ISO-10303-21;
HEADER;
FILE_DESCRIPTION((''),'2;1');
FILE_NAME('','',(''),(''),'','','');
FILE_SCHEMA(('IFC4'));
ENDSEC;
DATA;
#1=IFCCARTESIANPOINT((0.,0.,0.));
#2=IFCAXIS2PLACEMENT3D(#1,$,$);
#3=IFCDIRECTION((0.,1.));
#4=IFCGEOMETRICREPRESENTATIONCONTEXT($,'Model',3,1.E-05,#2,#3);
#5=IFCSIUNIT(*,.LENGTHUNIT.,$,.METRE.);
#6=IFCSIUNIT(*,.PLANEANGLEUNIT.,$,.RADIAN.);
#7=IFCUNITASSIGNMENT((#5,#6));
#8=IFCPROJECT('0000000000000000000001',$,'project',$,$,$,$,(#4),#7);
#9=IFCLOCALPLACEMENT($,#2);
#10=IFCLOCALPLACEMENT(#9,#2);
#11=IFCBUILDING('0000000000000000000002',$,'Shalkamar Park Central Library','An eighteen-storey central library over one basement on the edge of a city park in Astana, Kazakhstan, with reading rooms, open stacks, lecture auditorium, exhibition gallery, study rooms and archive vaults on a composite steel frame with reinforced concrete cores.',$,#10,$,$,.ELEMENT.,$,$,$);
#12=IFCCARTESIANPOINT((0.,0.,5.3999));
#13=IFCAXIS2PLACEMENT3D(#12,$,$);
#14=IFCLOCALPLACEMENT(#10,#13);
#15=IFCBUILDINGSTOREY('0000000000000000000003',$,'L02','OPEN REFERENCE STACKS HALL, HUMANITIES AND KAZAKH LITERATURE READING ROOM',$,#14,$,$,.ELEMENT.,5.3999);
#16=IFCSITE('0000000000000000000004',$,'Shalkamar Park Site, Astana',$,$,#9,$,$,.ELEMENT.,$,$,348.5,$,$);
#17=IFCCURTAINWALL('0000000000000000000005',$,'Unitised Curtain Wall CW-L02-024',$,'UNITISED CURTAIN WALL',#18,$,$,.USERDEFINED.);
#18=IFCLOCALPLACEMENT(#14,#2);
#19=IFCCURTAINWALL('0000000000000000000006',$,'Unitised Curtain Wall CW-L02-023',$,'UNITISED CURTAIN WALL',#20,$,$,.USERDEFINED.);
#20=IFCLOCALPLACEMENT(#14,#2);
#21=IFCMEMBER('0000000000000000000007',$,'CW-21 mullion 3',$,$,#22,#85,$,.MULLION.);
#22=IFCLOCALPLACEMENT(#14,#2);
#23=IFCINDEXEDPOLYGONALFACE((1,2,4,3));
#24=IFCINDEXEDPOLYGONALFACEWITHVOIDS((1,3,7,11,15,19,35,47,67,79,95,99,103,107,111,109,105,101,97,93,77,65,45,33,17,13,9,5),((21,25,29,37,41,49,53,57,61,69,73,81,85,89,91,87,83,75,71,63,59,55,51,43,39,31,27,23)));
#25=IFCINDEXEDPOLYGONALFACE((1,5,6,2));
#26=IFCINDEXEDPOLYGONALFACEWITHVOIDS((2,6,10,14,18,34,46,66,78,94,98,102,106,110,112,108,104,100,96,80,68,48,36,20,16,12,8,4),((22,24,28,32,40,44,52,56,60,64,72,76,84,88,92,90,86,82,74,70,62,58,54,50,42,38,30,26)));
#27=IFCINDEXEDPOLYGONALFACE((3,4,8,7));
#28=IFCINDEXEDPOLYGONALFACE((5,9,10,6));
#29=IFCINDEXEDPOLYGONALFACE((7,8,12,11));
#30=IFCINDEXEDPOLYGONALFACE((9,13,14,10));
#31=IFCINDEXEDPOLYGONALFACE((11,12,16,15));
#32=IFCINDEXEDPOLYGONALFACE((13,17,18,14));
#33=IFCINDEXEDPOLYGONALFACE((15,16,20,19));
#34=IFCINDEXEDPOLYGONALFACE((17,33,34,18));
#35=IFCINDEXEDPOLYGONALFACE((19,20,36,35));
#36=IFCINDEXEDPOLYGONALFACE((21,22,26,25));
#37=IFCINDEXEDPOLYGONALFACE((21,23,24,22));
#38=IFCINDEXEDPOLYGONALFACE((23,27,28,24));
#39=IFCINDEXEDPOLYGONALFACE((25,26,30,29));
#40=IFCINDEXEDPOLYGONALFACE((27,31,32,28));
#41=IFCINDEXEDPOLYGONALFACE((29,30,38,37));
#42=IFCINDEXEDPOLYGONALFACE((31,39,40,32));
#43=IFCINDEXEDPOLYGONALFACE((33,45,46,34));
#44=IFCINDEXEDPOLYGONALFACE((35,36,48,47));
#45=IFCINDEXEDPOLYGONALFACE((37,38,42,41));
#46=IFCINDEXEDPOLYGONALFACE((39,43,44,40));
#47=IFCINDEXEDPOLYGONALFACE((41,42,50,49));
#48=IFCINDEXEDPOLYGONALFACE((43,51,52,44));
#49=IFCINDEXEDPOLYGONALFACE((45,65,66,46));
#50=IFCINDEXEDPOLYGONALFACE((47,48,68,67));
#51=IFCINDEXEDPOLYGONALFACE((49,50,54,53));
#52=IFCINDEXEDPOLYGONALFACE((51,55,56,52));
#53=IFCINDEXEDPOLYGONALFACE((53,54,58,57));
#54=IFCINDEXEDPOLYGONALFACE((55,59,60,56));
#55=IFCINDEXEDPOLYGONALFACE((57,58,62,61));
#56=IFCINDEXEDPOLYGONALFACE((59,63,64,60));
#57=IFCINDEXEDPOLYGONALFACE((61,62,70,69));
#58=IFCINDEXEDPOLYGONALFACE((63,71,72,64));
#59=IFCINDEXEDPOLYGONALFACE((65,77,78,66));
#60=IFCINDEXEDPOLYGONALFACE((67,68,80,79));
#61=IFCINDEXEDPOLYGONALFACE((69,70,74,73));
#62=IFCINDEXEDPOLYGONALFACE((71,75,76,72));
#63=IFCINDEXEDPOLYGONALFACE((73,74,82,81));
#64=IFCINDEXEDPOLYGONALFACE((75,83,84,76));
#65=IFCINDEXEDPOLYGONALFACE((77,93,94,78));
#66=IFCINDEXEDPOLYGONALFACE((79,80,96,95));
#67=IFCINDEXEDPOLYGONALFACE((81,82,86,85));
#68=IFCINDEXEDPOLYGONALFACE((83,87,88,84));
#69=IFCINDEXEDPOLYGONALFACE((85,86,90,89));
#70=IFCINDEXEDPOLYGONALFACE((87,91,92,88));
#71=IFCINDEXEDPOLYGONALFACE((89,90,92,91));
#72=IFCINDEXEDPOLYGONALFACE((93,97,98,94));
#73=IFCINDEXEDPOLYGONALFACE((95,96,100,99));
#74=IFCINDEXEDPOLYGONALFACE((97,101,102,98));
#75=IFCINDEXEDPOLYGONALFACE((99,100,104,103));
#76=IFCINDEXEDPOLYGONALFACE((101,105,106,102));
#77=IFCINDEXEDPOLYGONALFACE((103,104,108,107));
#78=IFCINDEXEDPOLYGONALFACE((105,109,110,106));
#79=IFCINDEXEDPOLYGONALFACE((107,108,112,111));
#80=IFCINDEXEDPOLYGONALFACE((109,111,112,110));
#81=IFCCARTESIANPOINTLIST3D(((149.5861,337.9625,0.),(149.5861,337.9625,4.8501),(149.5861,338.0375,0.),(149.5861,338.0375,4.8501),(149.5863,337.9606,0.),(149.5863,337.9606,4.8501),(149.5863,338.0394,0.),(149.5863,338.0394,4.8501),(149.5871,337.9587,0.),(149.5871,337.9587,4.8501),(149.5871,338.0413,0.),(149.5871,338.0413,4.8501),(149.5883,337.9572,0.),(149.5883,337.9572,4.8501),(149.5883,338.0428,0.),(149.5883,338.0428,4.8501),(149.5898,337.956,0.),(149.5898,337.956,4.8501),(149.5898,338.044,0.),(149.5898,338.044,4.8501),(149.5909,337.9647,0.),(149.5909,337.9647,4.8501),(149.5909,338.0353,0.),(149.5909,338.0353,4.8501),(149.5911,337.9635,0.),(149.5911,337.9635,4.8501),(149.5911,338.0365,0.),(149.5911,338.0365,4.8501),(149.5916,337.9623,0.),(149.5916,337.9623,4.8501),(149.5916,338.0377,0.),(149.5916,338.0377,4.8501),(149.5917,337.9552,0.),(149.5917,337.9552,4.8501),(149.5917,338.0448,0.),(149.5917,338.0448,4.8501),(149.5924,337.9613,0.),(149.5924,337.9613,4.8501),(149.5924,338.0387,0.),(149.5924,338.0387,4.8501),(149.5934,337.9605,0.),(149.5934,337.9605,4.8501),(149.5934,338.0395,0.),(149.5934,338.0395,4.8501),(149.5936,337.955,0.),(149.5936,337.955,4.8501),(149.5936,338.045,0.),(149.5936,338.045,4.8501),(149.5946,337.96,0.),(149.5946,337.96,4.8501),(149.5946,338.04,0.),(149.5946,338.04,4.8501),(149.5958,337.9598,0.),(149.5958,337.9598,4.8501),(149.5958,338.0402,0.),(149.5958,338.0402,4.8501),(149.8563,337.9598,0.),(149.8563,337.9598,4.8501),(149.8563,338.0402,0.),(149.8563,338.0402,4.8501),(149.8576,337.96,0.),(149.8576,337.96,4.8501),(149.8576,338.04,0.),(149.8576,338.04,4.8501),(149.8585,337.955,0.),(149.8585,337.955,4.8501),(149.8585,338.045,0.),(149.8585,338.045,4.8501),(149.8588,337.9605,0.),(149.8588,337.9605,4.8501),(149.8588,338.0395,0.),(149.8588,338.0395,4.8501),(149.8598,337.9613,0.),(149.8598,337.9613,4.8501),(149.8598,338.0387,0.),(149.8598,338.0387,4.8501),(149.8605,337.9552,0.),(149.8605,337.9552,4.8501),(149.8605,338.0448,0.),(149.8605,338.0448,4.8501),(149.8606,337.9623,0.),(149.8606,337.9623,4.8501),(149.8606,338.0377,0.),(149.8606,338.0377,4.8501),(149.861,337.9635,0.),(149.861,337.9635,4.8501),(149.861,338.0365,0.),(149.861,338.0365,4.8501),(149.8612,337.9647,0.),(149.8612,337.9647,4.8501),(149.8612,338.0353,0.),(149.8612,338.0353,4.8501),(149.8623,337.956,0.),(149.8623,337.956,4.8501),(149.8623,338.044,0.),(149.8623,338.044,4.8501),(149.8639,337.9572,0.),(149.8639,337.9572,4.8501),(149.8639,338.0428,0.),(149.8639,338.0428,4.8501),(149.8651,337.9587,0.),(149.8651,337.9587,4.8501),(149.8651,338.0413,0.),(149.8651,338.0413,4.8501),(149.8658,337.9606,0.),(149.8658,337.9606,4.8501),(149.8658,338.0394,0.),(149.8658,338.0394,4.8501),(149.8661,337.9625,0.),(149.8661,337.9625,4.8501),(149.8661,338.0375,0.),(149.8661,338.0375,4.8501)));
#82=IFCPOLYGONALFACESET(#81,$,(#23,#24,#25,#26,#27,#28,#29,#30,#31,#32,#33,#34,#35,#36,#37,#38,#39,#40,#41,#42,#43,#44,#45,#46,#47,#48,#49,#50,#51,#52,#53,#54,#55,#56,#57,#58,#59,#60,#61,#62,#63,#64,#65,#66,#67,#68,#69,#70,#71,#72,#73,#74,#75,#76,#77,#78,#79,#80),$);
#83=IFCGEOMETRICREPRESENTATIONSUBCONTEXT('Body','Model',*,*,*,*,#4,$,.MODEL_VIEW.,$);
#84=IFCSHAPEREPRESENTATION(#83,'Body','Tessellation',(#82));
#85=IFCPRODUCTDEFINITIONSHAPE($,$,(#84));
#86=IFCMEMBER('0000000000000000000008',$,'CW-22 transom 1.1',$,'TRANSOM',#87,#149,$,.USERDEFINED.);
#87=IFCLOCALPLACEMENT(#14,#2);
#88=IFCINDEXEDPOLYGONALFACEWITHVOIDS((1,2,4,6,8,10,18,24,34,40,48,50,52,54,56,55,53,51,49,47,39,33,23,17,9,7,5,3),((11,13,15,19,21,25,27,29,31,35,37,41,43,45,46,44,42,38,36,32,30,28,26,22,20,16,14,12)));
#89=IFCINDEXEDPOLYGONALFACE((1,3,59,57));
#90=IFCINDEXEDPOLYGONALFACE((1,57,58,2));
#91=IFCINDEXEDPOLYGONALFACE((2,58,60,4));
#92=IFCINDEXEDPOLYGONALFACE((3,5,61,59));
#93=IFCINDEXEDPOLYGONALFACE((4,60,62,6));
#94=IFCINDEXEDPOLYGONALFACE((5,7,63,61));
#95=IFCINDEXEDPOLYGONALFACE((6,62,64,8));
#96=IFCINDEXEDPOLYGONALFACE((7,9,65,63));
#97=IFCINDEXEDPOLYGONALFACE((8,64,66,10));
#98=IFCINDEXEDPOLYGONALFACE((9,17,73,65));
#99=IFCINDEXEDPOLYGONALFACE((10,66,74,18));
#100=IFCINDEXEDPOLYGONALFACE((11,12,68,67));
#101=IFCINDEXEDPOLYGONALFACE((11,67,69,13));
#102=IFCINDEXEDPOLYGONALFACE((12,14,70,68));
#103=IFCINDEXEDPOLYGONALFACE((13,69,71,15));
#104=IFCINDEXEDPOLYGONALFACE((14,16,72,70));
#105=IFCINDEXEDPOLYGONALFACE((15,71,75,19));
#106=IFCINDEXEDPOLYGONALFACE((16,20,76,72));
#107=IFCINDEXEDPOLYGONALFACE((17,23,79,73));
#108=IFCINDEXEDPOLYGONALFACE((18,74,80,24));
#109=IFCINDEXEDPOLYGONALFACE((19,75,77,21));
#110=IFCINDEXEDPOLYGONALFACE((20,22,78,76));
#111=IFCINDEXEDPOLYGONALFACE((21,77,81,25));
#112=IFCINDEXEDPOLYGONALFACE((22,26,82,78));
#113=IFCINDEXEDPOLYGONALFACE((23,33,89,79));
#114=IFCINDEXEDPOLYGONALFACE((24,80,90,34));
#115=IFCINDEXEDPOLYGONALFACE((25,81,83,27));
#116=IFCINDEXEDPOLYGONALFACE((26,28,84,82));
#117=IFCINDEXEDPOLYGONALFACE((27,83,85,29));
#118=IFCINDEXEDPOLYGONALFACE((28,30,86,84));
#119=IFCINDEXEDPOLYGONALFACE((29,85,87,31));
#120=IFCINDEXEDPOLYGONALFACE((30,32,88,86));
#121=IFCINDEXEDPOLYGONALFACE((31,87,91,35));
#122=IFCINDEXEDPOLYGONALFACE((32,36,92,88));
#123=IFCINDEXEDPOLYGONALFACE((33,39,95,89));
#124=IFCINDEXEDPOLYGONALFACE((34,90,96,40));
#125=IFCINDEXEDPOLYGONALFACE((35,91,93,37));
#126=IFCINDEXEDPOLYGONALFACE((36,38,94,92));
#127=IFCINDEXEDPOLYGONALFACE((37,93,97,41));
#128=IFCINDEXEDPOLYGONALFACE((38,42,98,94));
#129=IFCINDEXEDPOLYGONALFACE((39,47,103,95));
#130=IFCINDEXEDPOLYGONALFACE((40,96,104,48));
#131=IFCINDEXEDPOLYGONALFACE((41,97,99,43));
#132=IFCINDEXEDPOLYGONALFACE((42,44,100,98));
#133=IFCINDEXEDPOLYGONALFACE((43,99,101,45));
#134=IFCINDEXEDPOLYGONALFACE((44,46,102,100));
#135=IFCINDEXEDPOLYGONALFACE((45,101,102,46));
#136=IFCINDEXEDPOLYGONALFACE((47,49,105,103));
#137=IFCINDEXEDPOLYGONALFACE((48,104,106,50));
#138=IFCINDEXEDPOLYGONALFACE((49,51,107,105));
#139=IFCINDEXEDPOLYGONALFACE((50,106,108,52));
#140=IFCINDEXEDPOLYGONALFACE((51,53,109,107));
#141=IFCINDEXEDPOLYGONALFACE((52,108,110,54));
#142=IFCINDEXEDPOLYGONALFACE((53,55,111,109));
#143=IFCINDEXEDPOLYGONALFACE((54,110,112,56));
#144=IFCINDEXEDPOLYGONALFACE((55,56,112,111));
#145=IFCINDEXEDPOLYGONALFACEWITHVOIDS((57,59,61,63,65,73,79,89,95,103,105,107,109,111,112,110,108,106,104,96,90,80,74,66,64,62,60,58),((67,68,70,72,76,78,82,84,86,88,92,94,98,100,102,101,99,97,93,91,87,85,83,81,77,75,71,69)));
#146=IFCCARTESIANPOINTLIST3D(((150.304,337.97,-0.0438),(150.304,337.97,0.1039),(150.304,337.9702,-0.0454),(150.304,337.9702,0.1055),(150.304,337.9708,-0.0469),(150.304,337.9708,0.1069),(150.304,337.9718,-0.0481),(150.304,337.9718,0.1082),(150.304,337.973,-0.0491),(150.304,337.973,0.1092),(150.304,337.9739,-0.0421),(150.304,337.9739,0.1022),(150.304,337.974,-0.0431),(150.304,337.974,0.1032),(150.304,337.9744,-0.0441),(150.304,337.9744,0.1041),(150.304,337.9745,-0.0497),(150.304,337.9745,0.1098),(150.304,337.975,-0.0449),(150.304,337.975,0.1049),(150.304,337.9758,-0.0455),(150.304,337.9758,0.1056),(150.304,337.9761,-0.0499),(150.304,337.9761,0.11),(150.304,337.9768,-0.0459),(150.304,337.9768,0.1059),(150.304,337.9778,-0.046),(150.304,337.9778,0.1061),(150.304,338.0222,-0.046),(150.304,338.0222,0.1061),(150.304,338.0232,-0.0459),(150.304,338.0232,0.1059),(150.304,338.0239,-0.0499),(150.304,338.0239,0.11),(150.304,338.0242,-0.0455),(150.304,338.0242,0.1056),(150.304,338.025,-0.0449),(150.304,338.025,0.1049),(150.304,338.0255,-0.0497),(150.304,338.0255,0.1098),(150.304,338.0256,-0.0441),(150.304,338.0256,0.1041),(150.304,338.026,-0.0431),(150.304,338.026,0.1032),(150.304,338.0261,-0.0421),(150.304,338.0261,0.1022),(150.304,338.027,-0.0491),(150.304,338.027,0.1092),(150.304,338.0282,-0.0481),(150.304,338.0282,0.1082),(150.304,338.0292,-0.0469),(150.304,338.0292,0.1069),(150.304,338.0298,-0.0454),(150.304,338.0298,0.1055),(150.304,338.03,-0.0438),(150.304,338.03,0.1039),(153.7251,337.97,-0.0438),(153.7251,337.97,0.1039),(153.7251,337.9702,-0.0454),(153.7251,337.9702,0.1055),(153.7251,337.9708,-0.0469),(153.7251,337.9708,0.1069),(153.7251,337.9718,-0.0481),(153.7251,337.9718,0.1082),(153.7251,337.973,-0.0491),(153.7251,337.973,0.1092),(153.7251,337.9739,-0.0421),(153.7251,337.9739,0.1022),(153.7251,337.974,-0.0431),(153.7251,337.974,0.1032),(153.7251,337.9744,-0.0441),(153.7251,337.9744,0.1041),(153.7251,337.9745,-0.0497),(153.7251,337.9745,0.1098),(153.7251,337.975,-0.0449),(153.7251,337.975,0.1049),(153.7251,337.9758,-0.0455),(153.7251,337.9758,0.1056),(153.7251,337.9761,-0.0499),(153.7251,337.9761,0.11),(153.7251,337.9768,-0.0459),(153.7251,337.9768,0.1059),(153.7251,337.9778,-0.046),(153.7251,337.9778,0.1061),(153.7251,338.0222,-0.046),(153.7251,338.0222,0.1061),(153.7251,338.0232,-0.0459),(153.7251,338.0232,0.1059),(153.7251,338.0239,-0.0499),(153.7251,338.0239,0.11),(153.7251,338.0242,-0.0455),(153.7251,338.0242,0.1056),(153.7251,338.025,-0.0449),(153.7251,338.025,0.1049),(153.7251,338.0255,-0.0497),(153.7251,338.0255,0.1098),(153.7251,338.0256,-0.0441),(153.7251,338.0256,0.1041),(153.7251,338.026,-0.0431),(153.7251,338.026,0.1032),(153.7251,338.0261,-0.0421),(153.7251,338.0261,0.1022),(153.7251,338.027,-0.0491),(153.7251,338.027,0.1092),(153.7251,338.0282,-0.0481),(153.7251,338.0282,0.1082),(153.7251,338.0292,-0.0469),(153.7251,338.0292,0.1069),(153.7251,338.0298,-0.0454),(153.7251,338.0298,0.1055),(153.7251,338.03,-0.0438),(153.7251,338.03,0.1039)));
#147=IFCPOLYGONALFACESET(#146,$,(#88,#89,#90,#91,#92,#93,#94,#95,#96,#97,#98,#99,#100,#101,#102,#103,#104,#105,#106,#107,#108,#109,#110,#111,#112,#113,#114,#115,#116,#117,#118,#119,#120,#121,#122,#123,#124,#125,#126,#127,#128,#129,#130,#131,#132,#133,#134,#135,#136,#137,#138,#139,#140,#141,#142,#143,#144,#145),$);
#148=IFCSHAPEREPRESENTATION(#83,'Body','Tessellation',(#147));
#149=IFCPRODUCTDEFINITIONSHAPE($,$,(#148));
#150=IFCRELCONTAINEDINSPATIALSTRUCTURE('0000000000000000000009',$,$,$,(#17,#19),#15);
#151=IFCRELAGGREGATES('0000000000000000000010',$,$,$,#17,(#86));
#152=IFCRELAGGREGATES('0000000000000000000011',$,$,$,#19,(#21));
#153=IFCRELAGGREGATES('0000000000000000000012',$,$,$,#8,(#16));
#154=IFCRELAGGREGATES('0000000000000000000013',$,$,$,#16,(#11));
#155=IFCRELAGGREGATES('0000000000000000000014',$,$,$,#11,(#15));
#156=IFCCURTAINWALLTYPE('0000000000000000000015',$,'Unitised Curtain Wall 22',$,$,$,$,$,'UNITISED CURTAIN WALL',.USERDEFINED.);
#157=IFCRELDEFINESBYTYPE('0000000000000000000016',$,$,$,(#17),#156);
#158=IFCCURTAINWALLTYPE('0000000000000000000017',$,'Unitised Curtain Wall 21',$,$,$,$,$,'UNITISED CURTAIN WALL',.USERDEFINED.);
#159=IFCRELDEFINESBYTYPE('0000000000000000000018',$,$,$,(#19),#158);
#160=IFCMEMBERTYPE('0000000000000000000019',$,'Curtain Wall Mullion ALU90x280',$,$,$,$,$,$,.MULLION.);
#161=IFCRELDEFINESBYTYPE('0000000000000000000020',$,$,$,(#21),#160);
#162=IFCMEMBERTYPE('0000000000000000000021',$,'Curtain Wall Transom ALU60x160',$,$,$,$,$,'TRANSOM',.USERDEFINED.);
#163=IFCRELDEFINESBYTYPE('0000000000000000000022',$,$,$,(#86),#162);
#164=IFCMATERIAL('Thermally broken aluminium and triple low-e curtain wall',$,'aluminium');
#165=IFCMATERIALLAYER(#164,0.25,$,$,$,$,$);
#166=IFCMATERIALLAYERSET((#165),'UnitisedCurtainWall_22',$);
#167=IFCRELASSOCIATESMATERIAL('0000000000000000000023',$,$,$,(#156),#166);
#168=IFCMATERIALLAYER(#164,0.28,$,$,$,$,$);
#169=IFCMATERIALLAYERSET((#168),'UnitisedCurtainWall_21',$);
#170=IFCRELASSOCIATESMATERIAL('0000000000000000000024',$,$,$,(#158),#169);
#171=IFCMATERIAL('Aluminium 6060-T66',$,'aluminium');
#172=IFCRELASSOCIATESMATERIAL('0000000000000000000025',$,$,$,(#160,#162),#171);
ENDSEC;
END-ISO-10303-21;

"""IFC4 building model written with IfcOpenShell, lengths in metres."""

from ifc_helpers import new_model, si_unit, direction, frame, origin, origin_2d, place, context, subcontext, project, spatial, hollow_rectangle, extrude, material, layer, layer_set, material_profile, profile_set, type_object, element, aggregate, save


model = new_model("IFC4")

# Units and contexts
model_context = context("Model", 3, precision=1e-05, world=origin(), true_north=direction((0.0, 1.0)))
body_context = subcontext(model_context, "Body", "Model", "MODEL_VIEW")
ifc_project = project(units=[si_unit("LENGTHUNIT", "METRE"), si_unit("PLANEANGLEUNIT", "RADIAN")], contexts=[model_context])

# Site, building, storey
site_placement = place(None, origin())
site = spatial("IfcSite", under=ifc_project, at=site_placement, Name="Shalkamar Park Site, Astana", CompositionType="ELEMENT", RefElevation=348.5)
building_placement = place(site_placement, origin())
building = spatial("IfcBuilding", under=site, at=building_placement, Name="Shalkamar Park Central Library", Description="An eighteen-storey central library over one basement on the edge of a city park in Astana, Kazakhstan, with reading rooms, open stacks, lecture auditorium, exhibition gallery, study rooms and archive vaults on a composite steel frame with reinforced concrete cores.", CompositionType="ELEMENT")
storey_placement = place(building_placement, frame((0.0, 0.0, 5.3999)))
storey = spatial("IfcBuildingStorey", under=building, at=storey_placement, Name="L02", Description="OPEN REFERENCE STACKS HALL, HUMANITIES AND KAZAKH LITERATURE READING ROOM", CompositionType="ELEMENT", Elevation=5.3999)

# Curtain wall
ifc_material_1 = material(Name="Thermally broken aluminium and triple low-e curtain wall", Category="aluminium")
ifc_layer_1 = layer(ifc_material_1, 0.25)
ifc_layer_set_1 = layer_set([ifc_layer_1], Name="UnitisedCurtainWall_22")
curtain_wall_type_1 = type_object("IfcCurtainWallType", Name="Unitised Curtain Wall 22", ElementType="UNITISED CURTAIN WALL", PredefinedType="USERDEFINED", material=ifc_layer_set_1)
curtain_wall_1_placement = place(storey_placement, origin())
curtain_wall_1 = element("IfcCurtainWall", 1, at=curtain_wall_1_placement, inside=storey, type_object=curtain_wall_type_1, Name="Unitised Curtain Wall CW-L02-024", ObjectType="UNITISED CURTAIN WALL", PredefinedType="USERDEFINED")
ifc_material_2 = material(Name="Aluminium 6060-T66", Category="aluminium")

# Curtain wall, member
ifc_layer_2 = layer(ifc_material_1, 0.28)
ifc_layer_set_2 = layer_set([ifc_layer_2], Name="UnitisedCurtainWall_21")
curtain_wall_type_2 = type_object("IfcCurtainWallType", Name="Unitised Curtain Wall 21", ElementType="UNITISED CURTAIN WALL", PredefinedType="USERDEFINED", material=ifc_layer_set_2)
curtain_wall_2_placement = place(storey_placement, origin())
curtain_wall_2 = element("IfcCurtainWall", 2, at=curtain_wall_2_placement, inside=storey, type_object=curtain_wall_type_2, Name="Unitised Curtain Wall CW-L02-023", ObjectType="UNITISED CURTAIN WALL", PredefinedType="USERDEFINED")
ifc_material_profile_1 = material_profile(ifc_material_2, hollow_rectangle(XDim=0.0901, YDim=0.28, WallThickness=0.0049, InnerFilletRadius=0.0049, OuterFilletRadius=0.0076, at=origin_2d()), Name="ALU 90x280x5")
ifc_profile_set_1 = profile_set([ifc_material_profile_1], Name="Aluminium 6060-T66")
member_type_1 = type_object("IfcMemberType", Name="Curtain Wall Mullion ALU90x280", PredefinedType="MULLION", material=ifc_profile_set_1)
member_1_placement = place(storey_placement, frame((149.7261, 338.0, 0.0), z_axis=(0.0, 0.0, 1.0), x_axis=(0.0, 1.0, 0.0)))
member_1 = element("IfcMember", 3, at=member_1_placement, type_object=member_type_1, Name="CW-21 mullion 3", PredefinedType="MULLION", context=body_context, shape_type="SweptSolid", body=[
    extrude(hollow_rectangle(XDim=0.0901, YDim=0.28, WallThickness=0.0049, InnerFilletRadius=0.0049, OuterFilletRadius=0.0076, at=origin_2d()), origin(), (0.0, 0.0, 1.0), 4.8501),
])

# Member
ifc_material_profile_2 = material_profile(ifc_material_2, hollow_rectangle(XDim=0.0601, YDim=0.1599, WallThickness=0.0039, InnerFilletRadius=0.0039, OuterFilletRadius=0.0061, at=origin_2d()), Name="ALU 60x160x4")
ifc_profile_set_2 = profile_set([ifc_material_profile_2], Name="Aluminium 6060-T66")
member_type_2 = type_object("IfcMemberType", Name="Curtain Wall Transom ALU60x160", ElementType="TRANSOM", PredefinedType="USERDEFINED", material=ifc_profile_set_2)
member_2_placement = place(storey_placement, frame((150.304, 338.0, 0.03), z_axis=(1.0, 0.0, 0.0), x_axis=(0.0, 1.0, 0.0)))
member_2 = element("IfcMember", 4, at=member_2_placement, type_object=member_type_2, Name="CW-22 transom 1.1", ObjectType="TRANSOM", PredefinedType="USERDEFINED", context=body_context, shape_type="SweptSolid", body=[
    extrude(hollow_rectangle(XDim=0.0601, YDim=0.1599, WallThickness=0.0039, InnerFilletRadius=0.0039, OuterFilletRadius=0.0061, at=origin_2d()), origin(), (0.0, 0.0, 1.0), 3.4211),
])

aggregate(curtain_wall_1, [member_2])
aggregate(curtain_wall_2, [member_1])

save(model, "model.ifc")
